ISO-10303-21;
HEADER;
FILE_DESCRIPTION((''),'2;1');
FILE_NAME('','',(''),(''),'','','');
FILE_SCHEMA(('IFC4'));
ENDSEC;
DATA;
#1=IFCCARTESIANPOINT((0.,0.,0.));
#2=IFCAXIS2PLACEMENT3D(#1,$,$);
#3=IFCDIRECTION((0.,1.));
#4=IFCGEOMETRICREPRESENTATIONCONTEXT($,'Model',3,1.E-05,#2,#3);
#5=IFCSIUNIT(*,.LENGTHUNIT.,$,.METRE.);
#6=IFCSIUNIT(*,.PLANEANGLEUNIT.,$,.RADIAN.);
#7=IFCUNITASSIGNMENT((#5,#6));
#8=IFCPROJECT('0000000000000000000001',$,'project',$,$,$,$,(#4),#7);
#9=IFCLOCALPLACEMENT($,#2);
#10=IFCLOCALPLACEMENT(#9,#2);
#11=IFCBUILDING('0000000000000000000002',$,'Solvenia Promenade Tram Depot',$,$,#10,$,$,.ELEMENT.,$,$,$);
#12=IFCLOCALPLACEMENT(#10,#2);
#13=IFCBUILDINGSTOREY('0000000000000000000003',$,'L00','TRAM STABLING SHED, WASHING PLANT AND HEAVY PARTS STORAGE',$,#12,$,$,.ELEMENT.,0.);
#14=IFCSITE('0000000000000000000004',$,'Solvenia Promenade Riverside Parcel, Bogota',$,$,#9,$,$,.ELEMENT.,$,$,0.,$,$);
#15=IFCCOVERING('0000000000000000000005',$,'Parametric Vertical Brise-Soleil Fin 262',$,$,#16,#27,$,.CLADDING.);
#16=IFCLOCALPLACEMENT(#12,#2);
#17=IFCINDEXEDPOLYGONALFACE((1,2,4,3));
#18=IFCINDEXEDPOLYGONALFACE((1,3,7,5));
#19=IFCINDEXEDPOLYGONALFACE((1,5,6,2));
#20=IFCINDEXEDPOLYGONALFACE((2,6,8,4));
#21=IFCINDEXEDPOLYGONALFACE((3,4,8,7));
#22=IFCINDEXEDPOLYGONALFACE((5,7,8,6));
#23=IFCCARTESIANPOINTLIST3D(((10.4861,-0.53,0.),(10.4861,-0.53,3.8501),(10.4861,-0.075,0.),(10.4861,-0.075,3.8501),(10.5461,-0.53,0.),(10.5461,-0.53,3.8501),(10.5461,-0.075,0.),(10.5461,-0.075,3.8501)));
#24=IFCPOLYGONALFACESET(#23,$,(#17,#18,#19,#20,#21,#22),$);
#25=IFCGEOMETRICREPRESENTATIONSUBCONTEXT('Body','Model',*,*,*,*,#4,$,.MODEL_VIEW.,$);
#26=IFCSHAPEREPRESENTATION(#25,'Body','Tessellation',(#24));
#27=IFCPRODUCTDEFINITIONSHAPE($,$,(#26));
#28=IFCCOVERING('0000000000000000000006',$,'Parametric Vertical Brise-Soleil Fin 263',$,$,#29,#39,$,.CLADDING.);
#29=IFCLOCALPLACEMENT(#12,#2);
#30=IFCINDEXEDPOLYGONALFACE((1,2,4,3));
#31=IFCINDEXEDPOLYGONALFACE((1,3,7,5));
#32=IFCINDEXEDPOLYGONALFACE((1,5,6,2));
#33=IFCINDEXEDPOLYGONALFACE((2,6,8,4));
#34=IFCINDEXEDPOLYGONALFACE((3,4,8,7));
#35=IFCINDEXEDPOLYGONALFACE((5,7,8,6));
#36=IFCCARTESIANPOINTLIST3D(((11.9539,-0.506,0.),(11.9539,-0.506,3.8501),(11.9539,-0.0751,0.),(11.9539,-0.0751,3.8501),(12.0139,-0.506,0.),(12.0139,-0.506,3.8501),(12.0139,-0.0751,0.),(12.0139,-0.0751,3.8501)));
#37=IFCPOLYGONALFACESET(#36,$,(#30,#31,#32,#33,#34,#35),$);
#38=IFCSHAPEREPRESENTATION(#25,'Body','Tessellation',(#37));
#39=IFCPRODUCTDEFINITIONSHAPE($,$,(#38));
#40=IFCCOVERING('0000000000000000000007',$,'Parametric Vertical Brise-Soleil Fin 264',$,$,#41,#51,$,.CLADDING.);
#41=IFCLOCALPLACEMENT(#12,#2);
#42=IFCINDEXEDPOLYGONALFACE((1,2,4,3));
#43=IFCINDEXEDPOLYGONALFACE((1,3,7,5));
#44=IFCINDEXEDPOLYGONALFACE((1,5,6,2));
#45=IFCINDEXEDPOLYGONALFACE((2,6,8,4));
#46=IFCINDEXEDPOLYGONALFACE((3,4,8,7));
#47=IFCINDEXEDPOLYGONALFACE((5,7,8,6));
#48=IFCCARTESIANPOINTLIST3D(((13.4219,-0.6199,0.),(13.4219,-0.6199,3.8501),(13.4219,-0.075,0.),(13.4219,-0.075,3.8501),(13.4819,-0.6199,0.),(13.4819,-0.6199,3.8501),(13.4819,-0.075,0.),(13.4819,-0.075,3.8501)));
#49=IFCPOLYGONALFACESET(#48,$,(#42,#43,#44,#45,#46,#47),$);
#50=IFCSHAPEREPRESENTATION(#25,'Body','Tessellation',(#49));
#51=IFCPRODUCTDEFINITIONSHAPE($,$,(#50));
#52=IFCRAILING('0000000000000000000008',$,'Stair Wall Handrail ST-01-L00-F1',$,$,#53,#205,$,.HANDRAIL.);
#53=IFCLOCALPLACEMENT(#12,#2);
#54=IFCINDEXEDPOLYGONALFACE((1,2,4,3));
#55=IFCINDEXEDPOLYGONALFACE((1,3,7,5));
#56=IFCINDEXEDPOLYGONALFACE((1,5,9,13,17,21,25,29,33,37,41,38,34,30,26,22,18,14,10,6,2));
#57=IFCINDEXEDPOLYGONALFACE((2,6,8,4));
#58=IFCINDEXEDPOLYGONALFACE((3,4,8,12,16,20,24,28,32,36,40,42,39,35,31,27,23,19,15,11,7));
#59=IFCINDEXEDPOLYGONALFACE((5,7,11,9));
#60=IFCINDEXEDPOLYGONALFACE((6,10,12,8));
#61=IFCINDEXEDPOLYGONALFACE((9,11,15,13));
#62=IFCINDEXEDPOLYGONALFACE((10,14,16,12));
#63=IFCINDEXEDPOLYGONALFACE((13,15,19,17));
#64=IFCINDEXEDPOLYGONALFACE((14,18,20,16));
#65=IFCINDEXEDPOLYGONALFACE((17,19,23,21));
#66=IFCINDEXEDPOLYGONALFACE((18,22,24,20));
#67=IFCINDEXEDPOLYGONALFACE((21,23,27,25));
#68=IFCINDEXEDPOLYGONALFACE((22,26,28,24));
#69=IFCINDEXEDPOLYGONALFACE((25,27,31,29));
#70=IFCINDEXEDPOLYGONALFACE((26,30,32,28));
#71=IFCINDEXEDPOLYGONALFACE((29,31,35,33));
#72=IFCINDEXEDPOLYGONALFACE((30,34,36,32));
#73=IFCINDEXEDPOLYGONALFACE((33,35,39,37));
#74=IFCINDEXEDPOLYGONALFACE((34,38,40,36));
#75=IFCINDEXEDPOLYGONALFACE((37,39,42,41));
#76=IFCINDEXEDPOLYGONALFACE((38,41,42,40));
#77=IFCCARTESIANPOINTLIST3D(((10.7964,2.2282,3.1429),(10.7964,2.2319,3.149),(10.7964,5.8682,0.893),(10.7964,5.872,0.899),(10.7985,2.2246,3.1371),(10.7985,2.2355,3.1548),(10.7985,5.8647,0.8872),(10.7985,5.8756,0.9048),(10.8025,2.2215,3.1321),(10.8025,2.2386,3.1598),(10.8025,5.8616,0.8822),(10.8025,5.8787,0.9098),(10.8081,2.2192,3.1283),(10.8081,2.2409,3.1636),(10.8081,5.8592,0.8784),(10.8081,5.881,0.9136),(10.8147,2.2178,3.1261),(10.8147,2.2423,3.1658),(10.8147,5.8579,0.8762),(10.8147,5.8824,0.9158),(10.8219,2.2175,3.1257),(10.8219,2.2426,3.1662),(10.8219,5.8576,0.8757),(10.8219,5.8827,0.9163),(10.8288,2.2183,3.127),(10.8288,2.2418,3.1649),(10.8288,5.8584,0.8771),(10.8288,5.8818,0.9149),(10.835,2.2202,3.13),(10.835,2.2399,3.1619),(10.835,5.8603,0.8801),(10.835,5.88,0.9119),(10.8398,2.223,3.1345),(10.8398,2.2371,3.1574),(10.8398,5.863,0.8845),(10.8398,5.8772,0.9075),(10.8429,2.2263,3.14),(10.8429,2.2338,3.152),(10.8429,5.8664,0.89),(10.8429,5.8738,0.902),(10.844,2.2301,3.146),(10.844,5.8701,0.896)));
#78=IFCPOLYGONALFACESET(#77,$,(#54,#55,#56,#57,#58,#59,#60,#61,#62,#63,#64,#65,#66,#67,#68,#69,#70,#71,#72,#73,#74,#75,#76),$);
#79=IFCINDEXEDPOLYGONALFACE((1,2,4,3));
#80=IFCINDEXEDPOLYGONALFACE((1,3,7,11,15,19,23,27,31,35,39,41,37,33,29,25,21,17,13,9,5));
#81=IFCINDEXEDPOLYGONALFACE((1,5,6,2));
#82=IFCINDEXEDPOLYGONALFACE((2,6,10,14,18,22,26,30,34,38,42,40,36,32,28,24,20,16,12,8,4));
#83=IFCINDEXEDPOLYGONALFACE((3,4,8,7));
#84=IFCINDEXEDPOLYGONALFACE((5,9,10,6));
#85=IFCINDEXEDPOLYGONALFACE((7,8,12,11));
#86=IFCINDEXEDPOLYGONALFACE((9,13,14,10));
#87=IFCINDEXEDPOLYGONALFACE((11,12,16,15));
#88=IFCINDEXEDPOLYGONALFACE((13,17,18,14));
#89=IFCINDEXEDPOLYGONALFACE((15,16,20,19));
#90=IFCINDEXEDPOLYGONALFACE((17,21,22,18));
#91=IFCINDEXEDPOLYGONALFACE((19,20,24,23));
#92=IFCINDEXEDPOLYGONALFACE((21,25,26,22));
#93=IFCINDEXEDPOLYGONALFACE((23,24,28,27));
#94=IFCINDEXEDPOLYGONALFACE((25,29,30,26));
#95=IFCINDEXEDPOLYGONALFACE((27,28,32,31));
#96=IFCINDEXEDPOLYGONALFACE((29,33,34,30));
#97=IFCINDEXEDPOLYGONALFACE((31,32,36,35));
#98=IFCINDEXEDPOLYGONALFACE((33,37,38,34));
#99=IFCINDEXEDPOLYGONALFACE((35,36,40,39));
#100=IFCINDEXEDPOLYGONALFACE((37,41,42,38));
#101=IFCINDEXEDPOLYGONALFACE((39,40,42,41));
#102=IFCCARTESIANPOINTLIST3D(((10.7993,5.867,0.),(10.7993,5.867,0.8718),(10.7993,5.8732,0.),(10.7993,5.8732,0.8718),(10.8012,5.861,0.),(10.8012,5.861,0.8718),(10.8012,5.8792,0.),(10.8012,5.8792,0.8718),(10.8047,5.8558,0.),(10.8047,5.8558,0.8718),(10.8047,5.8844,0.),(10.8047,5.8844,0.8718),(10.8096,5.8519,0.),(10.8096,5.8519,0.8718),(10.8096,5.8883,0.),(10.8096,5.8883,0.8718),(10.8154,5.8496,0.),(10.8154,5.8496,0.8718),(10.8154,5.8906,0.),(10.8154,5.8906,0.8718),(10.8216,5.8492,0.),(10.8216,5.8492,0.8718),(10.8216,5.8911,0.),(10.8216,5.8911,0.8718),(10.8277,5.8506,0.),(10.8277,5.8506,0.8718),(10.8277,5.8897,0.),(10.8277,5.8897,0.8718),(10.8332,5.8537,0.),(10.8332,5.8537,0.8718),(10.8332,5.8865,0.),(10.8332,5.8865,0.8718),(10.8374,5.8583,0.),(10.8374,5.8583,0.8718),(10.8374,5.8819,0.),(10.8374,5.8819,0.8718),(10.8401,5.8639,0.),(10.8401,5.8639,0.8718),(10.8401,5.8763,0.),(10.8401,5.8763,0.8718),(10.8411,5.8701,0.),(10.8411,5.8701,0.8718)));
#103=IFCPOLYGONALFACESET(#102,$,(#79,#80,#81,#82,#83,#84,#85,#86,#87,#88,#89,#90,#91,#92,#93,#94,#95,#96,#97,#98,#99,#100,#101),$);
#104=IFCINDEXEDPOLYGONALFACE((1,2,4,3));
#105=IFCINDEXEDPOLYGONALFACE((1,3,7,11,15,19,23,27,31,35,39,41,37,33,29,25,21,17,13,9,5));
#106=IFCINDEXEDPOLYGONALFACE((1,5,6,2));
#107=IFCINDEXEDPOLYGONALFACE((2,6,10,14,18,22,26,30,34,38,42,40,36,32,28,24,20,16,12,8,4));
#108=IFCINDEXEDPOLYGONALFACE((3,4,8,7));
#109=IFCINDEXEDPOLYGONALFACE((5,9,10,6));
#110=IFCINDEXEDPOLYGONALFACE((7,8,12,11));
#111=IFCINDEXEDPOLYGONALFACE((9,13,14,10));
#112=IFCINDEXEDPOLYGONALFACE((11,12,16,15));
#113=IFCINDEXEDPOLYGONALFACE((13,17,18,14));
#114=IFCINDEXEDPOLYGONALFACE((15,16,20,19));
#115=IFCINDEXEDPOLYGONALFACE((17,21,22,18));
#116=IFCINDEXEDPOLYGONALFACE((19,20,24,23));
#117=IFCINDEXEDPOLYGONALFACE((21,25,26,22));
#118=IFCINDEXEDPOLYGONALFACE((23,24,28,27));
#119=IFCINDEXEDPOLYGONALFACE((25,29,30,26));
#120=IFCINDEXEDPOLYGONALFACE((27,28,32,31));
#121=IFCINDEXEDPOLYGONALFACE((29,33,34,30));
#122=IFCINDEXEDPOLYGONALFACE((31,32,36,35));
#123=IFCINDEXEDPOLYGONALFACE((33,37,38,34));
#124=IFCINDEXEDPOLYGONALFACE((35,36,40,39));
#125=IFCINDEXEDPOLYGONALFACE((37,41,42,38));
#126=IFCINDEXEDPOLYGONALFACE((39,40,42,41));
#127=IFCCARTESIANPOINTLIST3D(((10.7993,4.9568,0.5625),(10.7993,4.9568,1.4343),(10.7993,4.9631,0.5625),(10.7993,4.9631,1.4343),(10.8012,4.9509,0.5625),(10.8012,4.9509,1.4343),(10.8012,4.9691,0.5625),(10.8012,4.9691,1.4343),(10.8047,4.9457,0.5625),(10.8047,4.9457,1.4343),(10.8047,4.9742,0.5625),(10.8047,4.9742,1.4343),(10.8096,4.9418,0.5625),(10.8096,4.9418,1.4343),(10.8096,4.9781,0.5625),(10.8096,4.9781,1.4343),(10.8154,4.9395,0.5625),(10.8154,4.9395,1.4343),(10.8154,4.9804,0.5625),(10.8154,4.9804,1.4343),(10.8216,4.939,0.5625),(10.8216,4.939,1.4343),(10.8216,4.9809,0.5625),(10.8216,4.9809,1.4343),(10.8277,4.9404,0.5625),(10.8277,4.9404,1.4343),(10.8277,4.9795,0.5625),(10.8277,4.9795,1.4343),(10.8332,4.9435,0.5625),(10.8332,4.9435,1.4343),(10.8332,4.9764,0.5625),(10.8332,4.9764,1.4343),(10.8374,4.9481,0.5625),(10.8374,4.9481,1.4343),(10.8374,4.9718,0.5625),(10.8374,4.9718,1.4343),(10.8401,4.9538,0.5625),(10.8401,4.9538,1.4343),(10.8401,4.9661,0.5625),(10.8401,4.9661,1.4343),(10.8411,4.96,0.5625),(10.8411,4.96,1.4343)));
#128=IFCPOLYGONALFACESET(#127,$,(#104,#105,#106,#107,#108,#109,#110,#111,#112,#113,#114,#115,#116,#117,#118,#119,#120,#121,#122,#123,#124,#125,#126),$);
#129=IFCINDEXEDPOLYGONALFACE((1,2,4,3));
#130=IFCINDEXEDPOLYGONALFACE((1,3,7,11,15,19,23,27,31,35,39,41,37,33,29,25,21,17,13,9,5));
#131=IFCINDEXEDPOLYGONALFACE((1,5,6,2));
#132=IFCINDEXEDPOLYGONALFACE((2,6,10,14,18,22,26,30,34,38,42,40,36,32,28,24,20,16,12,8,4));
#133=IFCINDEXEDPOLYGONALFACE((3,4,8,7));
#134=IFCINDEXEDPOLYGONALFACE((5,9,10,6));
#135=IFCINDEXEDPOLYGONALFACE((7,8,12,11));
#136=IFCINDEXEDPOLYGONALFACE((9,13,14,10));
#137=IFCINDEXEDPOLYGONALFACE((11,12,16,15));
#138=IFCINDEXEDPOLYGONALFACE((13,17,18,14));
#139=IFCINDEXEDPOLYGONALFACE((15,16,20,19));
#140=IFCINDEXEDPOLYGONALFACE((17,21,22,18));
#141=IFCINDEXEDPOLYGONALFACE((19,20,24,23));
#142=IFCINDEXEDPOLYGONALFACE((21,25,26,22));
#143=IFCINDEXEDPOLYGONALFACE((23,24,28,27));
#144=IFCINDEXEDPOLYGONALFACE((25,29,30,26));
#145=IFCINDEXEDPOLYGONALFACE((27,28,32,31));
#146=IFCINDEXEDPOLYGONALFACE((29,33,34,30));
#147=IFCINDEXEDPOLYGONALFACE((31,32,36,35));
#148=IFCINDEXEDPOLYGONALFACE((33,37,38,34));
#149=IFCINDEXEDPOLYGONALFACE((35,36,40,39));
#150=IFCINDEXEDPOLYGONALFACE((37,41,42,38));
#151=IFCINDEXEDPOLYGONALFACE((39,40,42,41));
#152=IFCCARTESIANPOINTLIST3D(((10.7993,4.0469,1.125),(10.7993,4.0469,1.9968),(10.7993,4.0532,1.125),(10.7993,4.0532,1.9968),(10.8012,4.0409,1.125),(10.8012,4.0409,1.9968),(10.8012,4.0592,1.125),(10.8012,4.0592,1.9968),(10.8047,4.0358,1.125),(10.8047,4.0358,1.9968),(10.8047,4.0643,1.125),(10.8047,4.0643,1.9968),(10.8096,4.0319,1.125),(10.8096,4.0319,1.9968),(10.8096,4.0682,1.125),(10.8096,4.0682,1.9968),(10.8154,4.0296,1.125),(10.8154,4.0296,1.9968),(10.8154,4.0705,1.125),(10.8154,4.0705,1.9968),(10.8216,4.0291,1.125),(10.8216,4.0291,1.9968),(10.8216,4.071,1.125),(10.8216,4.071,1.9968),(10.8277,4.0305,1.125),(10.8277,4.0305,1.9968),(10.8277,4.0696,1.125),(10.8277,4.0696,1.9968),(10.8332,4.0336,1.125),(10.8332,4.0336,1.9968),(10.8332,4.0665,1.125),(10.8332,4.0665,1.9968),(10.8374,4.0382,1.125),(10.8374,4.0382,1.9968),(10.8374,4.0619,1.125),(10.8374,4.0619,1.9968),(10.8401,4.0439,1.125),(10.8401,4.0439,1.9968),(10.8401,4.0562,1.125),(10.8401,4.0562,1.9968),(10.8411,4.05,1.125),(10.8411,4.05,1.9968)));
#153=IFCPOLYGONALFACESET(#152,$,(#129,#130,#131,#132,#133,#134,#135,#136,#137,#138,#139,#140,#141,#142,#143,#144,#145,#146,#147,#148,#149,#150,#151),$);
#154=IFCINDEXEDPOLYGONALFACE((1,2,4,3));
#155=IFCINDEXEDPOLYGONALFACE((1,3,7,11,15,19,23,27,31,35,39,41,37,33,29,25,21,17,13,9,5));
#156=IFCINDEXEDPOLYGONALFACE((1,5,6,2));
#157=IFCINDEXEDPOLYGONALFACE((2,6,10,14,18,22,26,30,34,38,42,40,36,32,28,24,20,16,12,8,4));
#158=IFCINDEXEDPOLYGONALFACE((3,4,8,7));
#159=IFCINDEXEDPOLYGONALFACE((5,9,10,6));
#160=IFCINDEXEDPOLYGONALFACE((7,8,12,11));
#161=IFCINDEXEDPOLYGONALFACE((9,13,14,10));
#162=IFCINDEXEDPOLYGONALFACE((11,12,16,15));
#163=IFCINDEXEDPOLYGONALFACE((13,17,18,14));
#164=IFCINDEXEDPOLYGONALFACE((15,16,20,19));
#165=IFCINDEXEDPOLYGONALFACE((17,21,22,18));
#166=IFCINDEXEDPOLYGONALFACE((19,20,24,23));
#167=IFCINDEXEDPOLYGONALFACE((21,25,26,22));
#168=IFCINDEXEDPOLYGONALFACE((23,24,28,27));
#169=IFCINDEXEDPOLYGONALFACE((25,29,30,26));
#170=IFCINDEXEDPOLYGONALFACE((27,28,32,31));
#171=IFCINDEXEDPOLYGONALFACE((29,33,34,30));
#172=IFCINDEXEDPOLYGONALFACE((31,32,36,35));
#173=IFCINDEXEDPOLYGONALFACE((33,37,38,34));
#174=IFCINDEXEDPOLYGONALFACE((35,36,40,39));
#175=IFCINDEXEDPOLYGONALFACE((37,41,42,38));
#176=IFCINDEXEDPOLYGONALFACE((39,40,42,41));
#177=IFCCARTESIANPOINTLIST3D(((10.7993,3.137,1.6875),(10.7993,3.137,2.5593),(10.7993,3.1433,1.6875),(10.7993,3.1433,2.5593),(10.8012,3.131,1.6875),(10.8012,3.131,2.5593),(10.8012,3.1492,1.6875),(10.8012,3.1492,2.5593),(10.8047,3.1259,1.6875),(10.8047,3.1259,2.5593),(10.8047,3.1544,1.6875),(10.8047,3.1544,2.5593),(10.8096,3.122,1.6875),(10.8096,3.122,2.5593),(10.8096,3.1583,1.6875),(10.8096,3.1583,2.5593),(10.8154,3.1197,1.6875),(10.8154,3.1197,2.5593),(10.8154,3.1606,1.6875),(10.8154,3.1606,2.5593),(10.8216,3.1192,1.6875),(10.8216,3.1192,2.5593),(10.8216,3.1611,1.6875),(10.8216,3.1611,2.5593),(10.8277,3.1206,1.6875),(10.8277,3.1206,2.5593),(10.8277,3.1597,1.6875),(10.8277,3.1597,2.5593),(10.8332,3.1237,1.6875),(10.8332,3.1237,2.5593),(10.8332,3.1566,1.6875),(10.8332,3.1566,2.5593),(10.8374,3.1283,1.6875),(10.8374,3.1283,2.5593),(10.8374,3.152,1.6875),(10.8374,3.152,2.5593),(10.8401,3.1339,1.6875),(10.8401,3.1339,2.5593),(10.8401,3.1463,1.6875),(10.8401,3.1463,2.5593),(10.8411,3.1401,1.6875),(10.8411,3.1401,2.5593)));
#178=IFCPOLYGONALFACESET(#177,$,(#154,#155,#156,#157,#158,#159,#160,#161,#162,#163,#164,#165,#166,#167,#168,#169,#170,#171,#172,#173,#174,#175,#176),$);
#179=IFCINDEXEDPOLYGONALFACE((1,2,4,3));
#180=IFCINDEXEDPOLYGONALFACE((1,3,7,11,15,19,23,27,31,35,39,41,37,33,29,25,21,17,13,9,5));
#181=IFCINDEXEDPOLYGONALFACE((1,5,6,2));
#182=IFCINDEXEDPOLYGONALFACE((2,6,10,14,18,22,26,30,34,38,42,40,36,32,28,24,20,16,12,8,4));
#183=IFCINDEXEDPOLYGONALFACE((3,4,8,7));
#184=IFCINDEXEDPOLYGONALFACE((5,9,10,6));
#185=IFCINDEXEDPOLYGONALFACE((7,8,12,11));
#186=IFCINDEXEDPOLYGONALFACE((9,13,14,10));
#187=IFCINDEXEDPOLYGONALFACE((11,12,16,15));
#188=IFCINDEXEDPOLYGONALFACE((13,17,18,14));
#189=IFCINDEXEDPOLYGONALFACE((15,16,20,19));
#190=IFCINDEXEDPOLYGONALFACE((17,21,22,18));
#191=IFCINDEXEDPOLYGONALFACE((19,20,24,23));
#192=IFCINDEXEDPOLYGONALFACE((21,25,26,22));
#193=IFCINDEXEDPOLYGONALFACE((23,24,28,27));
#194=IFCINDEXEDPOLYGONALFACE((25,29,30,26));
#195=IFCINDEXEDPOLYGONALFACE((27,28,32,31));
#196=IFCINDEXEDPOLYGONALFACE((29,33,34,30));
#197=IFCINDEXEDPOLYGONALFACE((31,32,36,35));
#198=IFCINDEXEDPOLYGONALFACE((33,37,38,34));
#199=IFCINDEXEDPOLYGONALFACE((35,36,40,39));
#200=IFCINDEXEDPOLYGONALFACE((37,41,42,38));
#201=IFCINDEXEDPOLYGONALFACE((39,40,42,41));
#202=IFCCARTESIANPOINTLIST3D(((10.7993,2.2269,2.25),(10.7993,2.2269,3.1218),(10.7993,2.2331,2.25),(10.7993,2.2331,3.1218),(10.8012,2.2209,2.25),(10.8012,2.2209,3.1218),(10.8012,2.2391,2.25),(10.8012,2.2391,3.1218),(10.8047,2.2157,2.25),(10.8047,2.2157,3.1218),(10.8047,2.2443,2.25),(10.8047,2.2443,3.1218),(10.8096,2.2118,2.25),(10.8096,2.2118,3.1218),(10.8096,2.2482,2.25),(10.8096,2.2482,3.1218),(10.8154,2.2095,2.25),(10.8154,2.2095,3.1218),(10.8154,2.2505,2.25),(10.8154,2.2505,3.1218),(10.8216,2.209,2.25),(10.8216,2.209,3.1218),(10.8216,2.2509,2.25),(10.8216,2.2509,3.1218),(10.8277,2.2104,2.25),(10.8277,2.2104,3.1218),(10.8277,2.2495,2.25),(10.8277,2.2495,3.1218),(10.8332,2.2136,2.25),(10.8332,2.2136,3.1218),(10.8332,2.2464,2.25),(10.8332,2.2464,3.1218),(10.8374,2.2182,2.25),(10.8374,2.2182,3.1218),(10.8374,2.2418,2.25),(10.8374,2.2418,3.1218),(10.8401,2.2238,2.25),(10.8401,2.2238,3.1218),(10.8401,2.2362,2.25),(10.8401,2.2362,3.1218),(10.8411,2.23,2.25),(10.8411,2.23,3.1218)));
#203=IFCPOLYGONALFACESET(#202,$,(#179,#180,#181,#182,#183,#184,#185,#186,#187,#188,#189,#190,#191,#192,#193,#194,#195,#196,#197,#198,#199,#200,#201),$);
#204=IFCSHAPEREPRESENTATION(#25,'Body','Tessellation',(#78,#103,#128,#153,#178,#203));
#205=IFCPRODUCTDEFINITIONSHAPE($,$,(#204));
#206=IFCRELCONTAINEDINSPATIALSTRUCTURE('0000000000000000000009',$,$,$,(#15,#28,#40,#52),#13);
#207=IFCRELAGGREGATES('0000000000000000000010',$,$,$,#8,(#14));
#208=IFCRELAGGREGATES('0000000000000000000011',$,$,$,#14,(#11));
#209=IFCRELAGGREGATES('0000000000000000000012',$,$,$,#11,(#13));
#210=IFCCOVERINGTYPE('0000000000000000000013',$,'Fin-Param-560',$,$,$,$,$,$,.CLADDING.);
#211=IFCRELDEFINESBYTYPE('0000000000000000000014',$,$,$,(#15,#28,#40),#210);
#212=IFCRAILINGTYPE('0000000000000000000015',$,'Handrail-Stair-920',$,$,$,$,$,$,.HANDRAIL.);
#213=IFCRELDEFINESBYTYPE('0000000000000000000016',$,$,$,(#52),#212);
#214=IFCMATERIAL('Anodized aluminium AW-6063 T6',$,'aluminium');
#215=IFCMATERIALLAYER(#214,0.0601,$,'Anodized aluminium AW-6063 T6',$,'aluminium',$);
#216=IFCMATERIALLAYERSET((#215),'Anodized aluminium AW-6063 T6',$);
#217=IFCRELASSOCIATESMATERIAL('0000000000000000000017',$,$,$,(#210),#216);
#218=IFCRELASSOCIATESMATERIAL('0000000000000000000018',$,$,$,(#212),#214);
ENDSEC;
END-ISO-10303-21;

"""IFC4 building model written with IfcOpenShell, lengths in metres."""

from ifc_helpers import new_model, si_unit, direction, frame, origin, origin_2d, place, context, subcontext, project, spatial, rectangle, circle, extrude, material, layer, layer_set, type_object, element, save


model = new_model("IFC4")

# Units and contexts
model_context = context("Model", 3, precision=1e-05, world=origin(), true_north=direction((0.0, 1.0)))
body_context = subcontext(model_context, "Body", "Model", "MODEL_VIEW")
ifc_project = project(units=[si_unit("LENGTHUNIT", "METRE"), si_unit("PLANEANGLEUNIT", "RADIAN")], contexts=[model_context])

# Site, building, storey
site_placement = place(None, origin())
site = spatial("IfcSite", under=ifc_project, at=site_placement, Name="Solvenia Promenade Riverside Parcel, Bogota", CompositionType="ELEMENT", RefElevation=0.0)
building_placement = place(site_placement, origin())
building = spatial("IfcBuilding", under=site, at=building_placement, Name="Solvenia Promenade Tram Depot", CompositionType="ELEMENT")
storey_placement = place(building_placement, origin())
storey = spatial("IfcBuildingStorey", under=building, at=storey_placement, Name="L00", Description="TRAM STABLING SHED, WASHING PLANT AND HEAVY PARTS STORAGE", CompositionType="ELEMENT", Elevation=0.0)

# Shared definitions
ifc_material_1 = material(Name="Anodized aluminium AW-6063 T6", Category="aluminium")

# Coverings
ifc_layer_1 = layer(ifc_material_1, 0.0601, Name="Anodized aluminium AW-6063 T6", Category="aluminium")
ifc_layer_set_1 = layer_set([ifc_layer_1], Name="Anodized aluminium AW-6063 T6")
covering_type = type_object("IfcCoveringType", Name="Fin-Param-560", PredefinedType="CLADDING", material=ifc_layer_set_1)
covering_1_placement = place(storey_placement, frame((10.5161, -0.3025, 0.0), z_axis=(0.0, 0.0, 1.0), x_axis=(1.0, 0.0, 0.0)))
element("IfcCovering", 1, at=covering_1_placement, inside=storey, type_object=covering_type, Name="Parametric Vertical Brise-Soleil Fin 262", PredefinedType="CLADDING", context=body_context, shape_type="SweptSolid", body=[
    extrude(rectangle(XDim=0.0601, YDim=0.4551, at=origin_2d()), origin(), (0.0, 0.0, 1.0), 3.8501),
])
covering_2_placement = place(storey_placement, frame((11.9839, -0.2905, 0.0), z_axis=(0.0, 0.0, 1.0), x_axis=(1.0, 0.0, 0.0)))
element("IfcCovering", 2, at=covering_2_placement, inside=storey, type_object=covering_type, Name="Parametric Vertical Brise-Soleil Fin 263", PredefinedType="CLADDING", context=body_context, shape_type="SweptSolid", body=[
    extrude(rectangle(XDim=0.0601, YDim=0.4309, at=origin_2d()), origin(), (0.0, 0.0, 1.0), 3.8501),
])
covering_3_placement = place(storey_placement, frame((13.4519, -0.3474, 0.0), z_axis=(0.0, 0.0, 1.0), x_axis=(1.0, 0.0, 0.0)))
element("IfcCovering", 3, at=covering_3_placement, inside=storey, type_object=covering_type, Name="Parametric Vertical Brise-Soleil Fin 264", PredefinedType="CLADDING", context=body_context, shape_type="SweptSolid", body=[
    extrude(rectangle(XDim=0.0601, YDim=0.5449, at=origin_2d()), origin(), (0.0, 0.0, 1.0), 3.8501),
])

# Railing
railing_type_1 = type_object("IfcRailingType", Name="Handrail-Stair-920", PredefinedType="HANDRAIL", material=ifc_material_1)
railing_1_placement = place(storey_placement, frame((10.8201, 5.8701, 0.0)))
element("IfcRailing", 4, at=railing_1_placement, inside=storey, type_object=railing_type_1, Name="Stair Wall Handrail ST-01-L00-F1", PredefinedType="HANDRAIL", context=body_context, shape_type="SweptSolid", body=[
    extrude(circle(Radius=0.0239, at=origin_2d()), frame((0.0, 0.0, 0.896), z_axis=(0.0, -0.850622, 0.525777), x_axis=(1.0, 0.0, 0.0)), (0.0, 0.0, 1.0), 4.2793),
    extrude(circle(Radius=0.021, at=origin_2d()), origin(), (0.0, 0.0, 1.0), 0.8718),
    extrude(circle(Radius=0.021, at=origin_2d()), frame((0.0, -0.9102, 0.5625)), (0.0, 0.0, 1.0), 0.8718),
    extrude(circle(Radius=0.021, at=origin_2d()), frame((0.0, -1.8201, 1.125)), (0.0, 0.0, 1.0), 0.8718),
    extrude(circle(Radius=0.021, at=origin_2d()), frame((0.0, -2.73, 1.6875)), (0.0, 0.0, 1.0), 0.8718),
    extrude(circle(Radius=0.021, at=origin_2d()), frame((0.0, -3.6401, 2.25)), (0.0, 0.0, 1.0), 0.8718),
])

save(model, "model.ifc")
